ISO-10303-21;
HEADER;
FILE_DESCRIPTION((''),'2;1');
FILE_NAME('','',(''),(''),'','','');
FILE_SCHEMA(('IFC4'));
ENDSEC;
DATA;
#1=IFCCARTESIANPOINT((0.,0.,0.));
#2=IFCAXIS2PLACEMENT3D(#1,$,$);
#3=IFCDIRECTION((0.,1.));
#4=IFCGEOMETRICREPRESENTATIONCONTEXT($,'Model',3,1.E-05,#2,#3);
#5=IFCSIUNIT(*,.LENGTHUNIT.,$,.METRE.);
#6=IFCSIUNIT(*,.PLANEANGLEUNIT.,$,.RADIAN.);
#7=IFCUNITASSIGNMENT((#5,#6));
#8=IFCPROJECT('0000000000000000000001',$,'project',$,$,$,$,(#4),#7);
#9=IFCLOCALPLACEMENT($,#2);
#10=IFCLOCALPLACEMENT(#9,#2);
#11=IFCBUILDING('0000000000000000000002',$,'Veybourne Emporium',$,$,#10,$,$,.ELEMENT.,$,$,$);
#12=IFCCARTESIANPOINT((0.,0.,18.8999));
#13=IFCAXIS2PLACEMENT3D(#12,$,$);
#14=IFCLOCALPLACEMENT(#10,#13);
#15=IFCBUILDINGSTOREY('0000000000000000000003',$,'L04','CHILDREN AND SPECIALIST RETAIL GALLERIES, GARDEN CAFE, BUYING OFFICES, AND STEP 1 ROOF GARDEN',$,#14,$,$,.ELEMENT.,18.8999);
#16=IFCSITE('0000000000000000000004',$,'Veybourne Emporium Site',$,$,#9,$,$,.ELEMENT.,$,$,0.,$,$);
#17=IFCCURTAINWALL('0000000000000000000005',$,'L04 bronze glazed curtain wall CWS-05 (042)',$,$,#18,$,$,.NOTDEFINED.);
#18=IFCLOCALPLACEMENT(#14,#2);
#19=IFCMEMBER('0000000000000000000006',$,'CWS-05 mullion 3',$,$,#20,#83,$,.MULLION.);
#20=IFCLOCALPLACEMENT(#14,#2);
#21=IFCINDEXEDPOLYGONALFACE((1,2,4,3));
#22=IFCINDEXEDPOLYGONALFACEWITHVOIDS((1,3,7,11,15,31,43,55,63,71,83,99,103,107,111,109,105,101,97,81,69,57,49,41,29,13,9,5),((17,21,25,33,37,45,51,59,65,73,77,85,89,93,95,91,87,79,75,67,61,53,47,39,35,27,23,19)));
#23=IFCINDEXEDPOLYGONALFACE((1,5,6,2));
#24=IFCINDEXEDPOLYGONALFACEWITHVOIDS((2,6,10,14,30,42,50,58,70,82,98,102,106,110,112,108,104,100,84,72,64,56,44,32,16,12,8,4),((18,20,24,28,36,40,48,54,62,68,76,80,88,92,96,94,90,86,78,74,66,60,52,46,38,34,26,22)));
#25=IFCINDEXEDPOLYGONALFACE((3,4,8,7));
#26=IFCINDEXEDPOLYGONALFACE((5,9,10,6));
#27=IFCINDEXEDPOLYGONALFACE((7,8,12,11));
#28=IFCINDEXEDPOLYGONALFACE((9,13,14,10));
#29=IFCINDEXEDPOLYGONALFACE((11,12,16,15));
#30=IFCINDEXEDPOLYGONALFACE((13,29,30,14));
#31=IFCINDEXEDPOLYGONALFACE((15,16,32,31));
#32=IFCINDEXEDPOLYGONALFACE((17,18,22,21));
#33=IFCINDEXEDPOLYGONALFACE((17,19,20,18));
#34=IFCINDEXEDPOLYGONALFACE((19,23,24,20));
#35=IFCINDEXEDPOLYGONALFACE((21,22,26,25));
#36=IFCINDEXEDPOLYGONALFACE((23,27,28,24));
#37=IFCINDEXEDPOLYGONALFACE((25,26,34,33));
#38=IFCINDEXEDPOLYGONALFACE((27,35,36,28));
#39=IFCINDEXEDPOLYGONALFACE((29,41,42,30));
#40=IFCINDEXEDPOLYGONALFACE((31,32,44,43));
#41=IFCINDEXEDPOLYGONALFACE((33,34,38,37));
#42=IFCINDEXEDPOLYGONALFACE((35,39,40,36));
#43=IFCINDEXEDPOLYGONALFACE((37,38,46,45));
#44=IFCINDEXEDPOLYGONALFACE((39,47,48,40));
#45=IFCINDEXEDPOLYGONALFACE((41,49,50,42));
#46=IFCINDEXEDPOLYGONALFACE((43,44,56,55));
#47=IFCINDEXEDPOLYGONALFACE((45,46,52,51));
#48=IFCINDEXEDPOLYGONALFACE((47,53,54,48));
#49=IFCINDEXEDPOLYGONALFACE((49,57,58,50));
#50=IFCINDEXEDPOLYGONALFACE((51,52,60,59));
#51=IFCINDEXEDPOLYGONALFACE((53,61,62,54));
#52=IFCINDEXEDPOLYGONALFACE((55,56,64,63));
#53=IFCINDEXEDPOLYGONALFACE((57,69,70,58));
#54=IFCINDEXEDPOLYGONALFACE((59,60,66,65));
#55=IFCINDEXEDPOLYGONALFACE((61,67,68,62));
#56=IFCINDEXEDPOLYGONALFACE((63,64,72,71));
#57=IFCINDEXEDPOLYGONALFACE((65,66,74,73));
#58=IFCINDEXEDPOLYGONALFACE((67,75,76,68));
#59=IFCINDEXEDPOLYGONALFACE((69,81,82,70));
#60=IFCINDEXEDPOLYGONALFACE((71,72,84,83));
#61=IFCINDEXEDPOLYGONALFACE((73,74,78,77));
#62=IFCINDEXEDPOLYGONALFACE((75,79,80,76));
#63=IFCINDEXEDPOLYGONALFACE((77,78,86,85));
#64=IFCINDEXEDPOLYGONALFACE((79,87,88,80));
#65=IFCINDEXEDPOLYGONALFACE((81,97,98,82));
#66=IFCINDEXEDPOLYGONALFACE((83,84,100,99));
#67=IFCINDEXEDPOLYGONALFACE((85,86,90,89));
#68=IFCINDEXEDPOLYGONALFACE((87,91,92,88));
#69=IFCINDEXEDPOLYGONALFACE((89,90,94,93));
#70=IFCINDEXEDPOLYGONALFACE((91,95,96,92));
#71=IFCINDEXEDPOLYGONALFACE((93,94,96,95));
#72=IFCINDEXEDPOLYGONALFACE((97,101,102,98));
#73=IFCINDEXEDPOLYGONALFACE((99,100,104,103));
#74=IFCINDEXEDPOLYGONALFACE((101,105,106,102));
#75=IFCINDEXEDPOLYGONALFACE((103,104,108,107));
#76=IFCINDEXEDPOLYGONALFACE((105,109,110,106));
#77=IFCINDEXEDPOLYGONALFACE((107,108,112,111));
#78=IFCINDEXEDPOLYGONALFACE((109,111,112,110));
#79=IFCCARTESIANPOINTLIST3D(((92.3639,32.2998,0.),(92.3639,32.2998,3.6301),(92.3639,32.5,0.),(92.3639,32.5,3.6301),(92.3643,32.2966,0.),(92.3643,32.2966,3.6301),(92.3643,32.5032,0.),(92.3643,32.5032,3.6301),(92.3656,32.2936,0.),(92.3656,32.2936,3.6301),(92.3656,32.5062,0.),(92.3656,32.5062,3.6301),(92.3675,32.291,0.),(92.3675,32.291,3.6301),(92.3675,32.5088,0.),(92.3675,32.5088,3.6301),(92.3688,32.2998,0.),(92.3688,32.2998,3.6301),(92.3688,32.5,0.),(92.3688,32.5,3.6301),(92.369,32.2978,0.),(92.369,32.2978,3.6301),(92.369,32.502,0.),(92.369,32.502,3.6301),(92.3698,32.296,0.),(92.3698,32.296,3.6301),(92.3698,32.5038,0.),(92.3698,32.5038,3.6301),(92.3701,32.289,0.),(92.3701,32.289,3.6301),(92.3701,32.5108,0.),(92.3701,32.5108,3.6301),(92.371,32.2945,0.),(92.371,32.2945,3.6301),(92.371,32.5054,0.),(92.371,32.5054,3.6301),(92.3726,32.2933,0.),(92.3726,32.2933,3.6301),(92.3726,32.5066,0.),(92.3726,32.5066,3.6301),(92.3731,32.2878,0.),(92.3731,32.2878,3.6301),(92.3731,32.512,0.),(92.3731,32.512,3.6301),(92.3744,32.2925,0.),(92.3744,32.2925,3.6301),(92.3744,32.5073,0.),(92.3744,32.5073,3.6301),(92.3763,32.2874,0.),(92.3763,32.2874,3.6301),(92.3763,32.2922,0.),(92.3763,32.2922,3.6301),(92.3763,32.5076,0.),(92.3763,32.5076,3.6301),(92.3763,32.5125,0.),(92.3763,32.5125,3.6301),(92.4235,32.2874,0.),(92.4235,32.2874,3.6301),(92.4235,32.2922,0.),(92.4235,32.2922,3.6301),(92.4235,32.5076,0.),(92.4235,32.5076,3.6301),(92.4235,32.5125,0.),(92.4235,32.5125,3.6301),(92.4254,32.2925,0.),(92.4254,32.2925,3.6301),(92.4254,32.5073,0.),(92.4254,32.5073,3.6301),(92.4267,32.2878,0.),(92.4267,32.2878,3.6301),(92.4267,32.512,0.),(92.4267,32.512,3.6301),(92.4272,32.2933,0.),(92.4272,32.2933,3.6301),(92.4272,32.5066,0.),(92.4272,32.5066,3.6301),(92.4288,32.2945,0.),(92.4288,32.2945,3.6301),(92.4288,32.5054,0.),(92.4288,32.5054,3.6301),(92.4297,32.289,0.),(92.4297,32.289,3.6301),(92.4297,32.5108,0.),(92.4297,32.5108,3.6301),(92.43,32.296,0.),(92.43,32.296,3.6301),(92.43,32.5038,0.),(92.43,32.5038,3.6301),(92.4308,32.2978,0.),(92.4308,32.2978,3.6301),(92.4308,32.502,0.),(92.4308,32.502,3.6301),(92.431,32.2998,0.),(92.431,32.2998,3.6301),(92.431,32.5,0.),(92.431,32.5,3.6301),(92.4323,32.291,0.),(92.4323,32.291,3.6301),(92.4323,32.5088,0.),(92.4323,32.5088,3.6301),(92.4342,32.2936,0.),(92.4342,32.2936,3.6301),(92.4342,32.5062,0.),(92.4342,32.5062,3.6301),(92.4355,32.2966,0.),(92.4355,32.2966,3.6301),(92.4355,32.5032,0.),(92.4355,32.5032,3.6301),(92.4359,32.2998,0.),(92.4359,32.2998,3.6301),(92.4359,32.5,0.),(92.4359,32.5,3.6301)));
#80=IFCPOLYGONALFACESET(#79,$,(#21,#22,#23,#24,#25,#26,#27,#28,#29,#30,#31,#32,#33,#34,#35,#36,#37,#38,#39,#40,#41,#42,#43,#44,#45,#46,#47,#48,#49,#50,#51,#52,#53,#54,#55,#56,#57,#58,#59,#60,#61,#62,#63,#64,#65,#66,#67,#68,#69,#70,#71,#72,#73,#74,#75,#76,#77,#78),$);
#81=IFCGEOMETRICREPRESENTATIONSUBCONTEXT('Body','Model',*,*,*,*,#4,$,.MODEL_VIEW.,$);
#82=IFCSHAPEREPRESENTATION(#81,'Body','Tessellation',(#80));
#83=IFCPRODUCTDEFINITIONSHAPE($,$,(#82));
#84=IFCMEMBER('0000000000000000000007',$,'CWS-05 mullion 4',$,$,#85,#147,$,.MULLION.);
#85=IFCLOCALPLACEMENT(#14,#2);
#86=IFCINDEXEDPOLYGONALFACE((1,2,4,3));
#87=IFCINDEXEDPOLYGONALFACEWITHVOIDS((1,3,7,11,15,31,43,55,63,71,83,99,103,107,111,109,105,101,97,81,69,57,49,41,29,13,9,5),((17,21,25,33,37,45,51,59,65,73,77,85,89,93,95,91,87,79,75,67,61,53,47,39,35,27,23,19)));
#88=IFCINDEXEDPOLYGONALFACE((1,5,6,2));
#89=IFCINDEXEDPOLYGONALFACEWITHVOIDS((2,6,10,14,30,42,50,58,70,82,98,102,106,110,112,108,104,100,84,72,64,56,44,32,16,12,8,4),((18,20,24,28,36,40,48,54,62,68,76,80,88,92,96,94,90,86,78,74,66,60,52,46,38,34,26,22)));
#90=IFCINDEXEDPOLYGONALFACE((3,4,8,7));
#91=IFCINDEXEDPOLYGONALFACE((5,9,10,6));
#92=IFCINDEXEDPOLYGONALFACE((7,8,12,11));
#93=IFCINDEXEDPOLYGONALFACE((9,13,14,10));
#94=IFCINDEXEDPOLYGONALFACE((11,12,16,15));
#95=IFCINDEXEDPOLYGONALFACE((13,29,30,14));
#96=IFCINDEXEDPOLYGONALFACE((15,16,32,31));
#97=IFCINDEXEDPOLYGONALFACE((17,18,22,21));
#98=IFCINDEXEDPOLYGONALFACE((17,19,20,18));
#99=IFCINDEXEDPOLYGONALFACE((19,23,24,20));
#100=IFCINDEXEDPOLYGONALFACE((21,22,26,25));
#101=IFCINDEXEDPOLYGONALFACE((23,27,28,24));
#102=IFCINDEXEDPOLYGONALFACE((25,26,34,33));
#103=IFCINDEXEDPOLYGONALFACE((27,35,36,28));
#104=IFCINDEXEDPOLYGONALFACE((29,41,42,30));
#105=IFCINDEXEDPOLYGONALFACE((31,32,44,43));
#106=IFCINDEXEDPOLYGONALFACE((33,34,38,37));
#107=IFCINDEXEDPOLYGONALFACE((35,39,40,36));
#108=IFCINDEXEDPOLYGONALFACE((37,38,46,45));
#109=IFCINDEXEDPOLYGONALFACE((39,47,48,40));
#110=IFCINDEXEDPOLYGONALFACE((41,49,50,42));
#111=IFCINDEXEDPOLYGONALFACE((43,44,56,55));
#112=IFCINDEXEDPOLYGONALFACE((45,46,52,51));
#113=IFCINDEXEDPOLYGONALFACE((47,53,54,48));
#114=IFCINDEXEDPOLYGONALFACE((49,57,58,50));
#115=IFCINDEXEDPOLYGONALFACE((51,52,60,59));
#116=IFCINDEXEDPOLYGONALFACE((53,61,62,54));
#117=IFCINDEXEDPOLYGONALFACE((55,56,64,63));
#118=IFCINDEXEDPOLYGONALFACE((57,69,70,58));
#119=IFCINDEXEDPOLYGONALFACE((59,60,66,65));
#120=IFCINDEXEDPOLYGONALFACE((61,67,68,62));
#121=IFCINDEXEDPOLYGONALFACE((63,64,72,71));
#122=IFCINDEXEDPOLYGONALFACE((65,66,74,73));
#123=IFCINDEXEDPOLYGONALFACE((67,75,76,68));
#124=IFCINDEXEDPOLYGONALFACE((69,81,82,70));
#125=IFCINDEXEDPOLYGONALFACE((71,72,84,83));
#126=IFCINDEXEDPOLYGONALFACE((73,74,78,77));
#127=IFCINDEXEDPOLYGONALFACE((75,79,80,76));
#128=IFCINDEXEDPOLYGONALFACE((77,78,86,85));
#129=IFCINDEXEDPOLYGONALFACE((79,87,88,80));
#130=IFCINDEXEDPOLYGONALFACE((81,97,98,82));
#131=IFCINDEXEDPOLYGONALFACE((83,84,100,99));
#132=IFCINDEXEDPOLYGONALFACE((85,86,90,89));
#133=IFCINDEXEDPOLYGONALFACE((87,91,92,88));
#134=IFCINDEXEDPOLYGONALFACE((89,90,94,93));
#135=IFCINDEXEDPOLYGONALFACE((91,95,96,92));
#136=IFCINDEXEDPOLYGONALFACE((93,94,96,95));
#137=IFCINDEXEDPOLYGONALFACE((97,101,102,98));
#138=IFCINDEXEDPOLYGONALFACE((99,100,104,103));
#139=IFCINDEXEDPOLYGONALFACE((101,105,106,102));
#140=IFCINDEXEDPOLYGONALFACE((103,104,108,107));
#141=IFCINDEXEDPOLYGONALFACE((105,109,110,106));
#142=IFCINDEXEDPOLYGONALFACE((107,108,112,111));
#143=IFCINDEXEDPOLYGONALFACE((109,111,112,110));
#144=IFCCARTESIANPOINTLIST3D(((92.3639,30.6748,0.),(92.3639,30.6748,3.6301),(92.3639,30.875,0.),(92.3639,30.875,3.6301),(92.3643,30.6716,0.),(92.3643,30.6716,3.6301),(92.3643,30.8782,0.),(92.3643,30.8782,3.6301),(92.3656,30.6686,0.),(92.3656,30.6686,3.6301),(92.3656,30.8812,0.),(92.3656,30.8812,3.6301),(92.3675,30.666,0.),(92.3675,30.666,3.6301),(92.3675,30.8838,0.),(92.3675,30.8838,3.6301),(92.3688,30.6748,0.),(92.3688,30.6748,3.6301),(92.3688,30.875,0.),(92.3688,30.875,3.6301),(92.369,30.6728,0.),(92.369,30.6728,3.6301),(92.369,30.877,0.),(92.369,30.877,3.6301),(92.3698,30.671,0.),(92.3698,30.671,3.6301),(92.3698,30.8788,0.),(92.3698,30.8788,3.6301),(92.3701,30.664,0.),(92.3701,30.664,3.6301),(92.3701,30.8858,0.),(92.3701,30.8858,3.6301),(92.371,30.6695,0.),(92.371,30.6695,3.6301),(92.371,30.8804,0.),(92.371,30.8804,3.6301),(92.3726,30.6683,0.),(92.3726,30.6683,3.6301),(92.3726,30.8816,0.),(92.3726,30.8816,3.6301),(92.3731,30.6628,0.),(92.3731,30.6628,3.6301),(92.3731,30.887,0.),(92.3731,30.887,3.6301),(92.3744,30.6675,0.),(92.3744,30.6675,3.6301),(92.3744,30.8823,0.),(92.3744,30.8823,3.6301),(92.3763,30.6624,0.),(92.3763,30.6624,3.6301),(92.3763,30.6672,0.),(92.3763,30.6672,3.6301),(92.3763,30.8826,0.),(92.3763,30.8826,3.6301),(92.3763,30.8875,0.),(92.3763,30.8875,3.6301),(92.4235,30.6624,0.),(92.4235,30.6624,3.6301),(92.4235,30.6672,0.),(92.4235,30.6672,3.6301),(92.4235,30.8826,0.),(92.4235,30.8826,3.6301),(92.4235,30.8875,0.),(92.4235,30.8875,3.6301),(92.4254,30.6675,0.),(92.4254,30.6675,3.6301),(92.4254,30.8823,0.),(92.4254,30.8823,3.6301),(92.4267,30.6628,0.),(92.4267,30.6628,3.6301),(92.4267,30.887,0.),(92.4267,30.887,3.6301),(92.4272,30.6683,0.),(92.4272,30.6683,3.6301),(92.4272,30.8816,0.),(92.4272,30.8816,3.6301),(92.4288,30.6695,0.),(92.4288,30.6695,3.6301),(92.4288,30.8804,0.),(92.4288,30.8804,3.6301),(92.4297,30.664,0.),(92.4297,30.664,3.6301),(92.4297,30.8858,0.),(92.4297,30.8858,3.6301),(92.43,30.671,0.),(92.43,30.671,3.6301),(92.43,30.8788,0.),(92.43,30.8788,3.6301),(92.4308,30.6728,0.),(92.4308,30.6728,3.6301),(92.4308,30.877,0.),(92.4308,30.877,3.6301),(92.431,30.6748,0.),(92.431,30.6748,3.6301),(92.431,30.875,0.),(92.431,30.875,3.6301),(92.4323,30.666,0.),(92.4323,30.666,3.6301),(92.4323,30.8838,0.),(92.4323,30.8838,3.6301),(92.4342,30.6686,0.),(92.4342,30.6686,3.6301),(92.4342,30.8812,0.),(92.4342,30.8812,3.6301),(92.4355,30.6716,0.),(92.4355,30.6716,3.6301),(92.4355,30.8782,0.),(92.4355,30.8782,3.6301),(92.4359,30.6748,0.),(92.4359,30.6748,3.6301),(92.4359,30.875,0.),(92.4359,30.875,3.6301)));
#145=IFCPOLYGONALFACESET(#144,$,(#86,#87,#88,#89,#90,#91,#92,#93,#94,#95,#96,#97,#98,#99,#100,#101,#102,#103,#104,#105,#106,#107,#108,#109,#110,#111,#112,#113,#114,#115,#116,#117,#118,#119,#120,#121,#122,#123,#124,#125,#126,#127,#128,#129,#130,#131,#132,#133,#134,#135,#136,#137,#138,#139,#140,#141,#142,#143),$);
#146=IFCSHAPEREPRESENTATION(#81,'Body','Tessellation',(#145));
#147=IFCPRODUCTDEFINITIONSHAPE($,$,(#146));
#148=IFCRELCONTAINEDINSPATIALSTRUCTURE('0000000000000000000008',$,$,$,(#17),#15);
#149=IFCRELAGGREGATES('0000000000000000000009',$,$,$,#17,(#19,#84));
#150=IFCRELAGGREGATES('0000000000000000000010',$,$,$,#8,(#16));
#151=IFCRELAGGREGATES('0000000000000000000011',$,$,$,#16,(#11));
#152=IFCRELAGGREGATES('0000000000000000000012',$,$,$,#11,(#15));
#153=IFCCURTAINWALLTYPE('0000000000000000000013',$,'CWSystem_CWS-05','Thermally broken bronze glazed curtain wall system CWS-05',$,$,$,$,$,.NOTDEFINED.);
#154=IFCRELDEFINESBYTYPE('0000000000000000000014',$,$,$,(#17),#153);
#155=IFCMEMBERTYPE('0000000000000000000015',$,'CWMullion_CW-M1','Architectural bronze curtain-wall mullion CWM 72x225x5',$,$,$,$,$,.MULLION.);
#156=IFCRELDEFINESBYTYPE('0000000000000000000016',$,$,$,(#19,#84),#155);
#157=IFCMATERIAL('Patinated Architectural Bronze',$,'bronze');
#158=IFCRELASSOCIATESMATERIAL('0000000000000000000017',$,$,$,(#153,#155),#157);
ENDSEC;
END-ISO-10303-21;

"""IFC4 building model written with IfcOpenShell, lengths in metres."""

from ifc_helpers import new_model, si_unit, direction, frame, origin, origin_2d, place, context, subcontext, project, spatial, hollow_rectangle, extrude, material, material_profile, profile_set, type_object, element, aggregate, save


model = new_model("IFC4")

# Units and contexts
model_context = context("Model", 3, precision=1e-05, world=origin(), true_north=direction((0.0, 1.0)))
body_context = subcontext(model_context, "Body", "Model", "MODEL_VIEW")
ifc_project = project(units=[si_unit("LENGTHUNIT", "METRE"), si_unit("PLANEANGLEUNIT", "RADIAN")], contexts=[model_context])

# Site, building, storey
site_placement = place(None, origin())
site = spatial("IfcSite", under=ifc_project, at=site_placement, Name="Veybourne Emporium Site", CompositionType="ELEMENT", RefElevation=0.0)
building_placement = place(site_placement, origin())
building = spatial("IfcBuilding", under=site, at=building_placement, Name="Veybourne Emporium", CompositionType="ELEMENT")
storey_placement = place(building_placement, frame((0.0, 0.0, 18.8999)))
storey = spatial("IfcBuildingStorey", under=building, at=storey_placement, Name="L04", Description="CHILDREN AND SPECIALIST RETAIL GALLERIES, GARDEN CAFE, BUYING OFFICES, AND STEP 1 ROOF GARDEN", CompositionType="ELEMENT", Elevation=18.8999)

# Curtain wall, members
ifc_material_1 = material(Name="Patinated Architectural Bronze", Category="bronze")
curtain_wall_type = type_object("IfcCurtainWallType", Name="CWSystem_CWS-05", Description="Thermally broken bronze glazed curtain wall system CWS-05", PredefinedType="NOTDEFINED", material=ifc_material_1)
curtain_wall_placement = place(storey_placement, origin())
curtain_wall = element("IfcCurtainWall", 1, at=curtain_wall_placement, inside=storey, type_object=curtain_wall_type, Name="L04 bronze glazed curtain wall CWS-05 (042)", PredefinedType="NOTDEFINED")
ifc_material_profile_1 = material_profile(ifc_material_1, hollow_rectangle(XDim=0.072, YDim=0.2251, WallThickness=0.0049, InnerFilletRadius=0.0076, OuterFilletRadius=0.0125, at=origin_2d()), Name="CWM 72x225x5")
ifc_profile_set_1 = profile_set([ifc_material_profile_1], Name="Patinated Architectural Bronze")
member_type_1 = type_object("IfcMemberType", Name="CWMullion_CW-M1", Description="Architectural bronze curtain-wall mullion CWM 72x225x5", PredefinedType="MULLION", material=ifc_profile_set_1)
member_1_placement = place(storey_placement, frame((92.3999, 32.3999, 0.0), z_axis=(0.0, 0.0, 1.0), x_axis=(1.0, 0.0, 0.0)))
member_1 = element("IfcMember", 2, at=member_1_placement, type_object=member_type_1, Name="CWS-05 mullion 3", PredefinedType="MULLION", context=body_context, shape_type="SweptSolid", body=[
    extrude(hollow_rectangle(XDim=0.072, YDim=0.2251, WallThickness=0.0049, InnerFilletRadius=0.0076, OuterFilletRadius=0.0125, at=origin_2d()), origin(), (0.0, 0.0, 1.0), 3.6301),
])
member_2_placement = place(storey_placement, frame((92.3999, 30.7749, 0.0), z_axis=(0.0, 0.0, 1.0), x_axis=(1.0, 0.0, 0.0)))
member_2 = element("IfcMember", 3, at=member_2_placement, type_object=member_type_1, Name="CWS-05 mullion 4", PredefinedType="MULLION", context=body_context, shape_type="SweptSolid", body=[
    extrude(hollow_rectangle(XDim=0.072, YDim=0.2251, WallThickness=0.0049, InnerFilletRadius=0.0076, OuterFilletRadius=0.0125, at=origin_2d()), origin(), (0.0, 0.0, 1.0), 3.6301),
])
aggregate(curtain_wall, [member_1, member_2])

save(model, "model.ifc")
